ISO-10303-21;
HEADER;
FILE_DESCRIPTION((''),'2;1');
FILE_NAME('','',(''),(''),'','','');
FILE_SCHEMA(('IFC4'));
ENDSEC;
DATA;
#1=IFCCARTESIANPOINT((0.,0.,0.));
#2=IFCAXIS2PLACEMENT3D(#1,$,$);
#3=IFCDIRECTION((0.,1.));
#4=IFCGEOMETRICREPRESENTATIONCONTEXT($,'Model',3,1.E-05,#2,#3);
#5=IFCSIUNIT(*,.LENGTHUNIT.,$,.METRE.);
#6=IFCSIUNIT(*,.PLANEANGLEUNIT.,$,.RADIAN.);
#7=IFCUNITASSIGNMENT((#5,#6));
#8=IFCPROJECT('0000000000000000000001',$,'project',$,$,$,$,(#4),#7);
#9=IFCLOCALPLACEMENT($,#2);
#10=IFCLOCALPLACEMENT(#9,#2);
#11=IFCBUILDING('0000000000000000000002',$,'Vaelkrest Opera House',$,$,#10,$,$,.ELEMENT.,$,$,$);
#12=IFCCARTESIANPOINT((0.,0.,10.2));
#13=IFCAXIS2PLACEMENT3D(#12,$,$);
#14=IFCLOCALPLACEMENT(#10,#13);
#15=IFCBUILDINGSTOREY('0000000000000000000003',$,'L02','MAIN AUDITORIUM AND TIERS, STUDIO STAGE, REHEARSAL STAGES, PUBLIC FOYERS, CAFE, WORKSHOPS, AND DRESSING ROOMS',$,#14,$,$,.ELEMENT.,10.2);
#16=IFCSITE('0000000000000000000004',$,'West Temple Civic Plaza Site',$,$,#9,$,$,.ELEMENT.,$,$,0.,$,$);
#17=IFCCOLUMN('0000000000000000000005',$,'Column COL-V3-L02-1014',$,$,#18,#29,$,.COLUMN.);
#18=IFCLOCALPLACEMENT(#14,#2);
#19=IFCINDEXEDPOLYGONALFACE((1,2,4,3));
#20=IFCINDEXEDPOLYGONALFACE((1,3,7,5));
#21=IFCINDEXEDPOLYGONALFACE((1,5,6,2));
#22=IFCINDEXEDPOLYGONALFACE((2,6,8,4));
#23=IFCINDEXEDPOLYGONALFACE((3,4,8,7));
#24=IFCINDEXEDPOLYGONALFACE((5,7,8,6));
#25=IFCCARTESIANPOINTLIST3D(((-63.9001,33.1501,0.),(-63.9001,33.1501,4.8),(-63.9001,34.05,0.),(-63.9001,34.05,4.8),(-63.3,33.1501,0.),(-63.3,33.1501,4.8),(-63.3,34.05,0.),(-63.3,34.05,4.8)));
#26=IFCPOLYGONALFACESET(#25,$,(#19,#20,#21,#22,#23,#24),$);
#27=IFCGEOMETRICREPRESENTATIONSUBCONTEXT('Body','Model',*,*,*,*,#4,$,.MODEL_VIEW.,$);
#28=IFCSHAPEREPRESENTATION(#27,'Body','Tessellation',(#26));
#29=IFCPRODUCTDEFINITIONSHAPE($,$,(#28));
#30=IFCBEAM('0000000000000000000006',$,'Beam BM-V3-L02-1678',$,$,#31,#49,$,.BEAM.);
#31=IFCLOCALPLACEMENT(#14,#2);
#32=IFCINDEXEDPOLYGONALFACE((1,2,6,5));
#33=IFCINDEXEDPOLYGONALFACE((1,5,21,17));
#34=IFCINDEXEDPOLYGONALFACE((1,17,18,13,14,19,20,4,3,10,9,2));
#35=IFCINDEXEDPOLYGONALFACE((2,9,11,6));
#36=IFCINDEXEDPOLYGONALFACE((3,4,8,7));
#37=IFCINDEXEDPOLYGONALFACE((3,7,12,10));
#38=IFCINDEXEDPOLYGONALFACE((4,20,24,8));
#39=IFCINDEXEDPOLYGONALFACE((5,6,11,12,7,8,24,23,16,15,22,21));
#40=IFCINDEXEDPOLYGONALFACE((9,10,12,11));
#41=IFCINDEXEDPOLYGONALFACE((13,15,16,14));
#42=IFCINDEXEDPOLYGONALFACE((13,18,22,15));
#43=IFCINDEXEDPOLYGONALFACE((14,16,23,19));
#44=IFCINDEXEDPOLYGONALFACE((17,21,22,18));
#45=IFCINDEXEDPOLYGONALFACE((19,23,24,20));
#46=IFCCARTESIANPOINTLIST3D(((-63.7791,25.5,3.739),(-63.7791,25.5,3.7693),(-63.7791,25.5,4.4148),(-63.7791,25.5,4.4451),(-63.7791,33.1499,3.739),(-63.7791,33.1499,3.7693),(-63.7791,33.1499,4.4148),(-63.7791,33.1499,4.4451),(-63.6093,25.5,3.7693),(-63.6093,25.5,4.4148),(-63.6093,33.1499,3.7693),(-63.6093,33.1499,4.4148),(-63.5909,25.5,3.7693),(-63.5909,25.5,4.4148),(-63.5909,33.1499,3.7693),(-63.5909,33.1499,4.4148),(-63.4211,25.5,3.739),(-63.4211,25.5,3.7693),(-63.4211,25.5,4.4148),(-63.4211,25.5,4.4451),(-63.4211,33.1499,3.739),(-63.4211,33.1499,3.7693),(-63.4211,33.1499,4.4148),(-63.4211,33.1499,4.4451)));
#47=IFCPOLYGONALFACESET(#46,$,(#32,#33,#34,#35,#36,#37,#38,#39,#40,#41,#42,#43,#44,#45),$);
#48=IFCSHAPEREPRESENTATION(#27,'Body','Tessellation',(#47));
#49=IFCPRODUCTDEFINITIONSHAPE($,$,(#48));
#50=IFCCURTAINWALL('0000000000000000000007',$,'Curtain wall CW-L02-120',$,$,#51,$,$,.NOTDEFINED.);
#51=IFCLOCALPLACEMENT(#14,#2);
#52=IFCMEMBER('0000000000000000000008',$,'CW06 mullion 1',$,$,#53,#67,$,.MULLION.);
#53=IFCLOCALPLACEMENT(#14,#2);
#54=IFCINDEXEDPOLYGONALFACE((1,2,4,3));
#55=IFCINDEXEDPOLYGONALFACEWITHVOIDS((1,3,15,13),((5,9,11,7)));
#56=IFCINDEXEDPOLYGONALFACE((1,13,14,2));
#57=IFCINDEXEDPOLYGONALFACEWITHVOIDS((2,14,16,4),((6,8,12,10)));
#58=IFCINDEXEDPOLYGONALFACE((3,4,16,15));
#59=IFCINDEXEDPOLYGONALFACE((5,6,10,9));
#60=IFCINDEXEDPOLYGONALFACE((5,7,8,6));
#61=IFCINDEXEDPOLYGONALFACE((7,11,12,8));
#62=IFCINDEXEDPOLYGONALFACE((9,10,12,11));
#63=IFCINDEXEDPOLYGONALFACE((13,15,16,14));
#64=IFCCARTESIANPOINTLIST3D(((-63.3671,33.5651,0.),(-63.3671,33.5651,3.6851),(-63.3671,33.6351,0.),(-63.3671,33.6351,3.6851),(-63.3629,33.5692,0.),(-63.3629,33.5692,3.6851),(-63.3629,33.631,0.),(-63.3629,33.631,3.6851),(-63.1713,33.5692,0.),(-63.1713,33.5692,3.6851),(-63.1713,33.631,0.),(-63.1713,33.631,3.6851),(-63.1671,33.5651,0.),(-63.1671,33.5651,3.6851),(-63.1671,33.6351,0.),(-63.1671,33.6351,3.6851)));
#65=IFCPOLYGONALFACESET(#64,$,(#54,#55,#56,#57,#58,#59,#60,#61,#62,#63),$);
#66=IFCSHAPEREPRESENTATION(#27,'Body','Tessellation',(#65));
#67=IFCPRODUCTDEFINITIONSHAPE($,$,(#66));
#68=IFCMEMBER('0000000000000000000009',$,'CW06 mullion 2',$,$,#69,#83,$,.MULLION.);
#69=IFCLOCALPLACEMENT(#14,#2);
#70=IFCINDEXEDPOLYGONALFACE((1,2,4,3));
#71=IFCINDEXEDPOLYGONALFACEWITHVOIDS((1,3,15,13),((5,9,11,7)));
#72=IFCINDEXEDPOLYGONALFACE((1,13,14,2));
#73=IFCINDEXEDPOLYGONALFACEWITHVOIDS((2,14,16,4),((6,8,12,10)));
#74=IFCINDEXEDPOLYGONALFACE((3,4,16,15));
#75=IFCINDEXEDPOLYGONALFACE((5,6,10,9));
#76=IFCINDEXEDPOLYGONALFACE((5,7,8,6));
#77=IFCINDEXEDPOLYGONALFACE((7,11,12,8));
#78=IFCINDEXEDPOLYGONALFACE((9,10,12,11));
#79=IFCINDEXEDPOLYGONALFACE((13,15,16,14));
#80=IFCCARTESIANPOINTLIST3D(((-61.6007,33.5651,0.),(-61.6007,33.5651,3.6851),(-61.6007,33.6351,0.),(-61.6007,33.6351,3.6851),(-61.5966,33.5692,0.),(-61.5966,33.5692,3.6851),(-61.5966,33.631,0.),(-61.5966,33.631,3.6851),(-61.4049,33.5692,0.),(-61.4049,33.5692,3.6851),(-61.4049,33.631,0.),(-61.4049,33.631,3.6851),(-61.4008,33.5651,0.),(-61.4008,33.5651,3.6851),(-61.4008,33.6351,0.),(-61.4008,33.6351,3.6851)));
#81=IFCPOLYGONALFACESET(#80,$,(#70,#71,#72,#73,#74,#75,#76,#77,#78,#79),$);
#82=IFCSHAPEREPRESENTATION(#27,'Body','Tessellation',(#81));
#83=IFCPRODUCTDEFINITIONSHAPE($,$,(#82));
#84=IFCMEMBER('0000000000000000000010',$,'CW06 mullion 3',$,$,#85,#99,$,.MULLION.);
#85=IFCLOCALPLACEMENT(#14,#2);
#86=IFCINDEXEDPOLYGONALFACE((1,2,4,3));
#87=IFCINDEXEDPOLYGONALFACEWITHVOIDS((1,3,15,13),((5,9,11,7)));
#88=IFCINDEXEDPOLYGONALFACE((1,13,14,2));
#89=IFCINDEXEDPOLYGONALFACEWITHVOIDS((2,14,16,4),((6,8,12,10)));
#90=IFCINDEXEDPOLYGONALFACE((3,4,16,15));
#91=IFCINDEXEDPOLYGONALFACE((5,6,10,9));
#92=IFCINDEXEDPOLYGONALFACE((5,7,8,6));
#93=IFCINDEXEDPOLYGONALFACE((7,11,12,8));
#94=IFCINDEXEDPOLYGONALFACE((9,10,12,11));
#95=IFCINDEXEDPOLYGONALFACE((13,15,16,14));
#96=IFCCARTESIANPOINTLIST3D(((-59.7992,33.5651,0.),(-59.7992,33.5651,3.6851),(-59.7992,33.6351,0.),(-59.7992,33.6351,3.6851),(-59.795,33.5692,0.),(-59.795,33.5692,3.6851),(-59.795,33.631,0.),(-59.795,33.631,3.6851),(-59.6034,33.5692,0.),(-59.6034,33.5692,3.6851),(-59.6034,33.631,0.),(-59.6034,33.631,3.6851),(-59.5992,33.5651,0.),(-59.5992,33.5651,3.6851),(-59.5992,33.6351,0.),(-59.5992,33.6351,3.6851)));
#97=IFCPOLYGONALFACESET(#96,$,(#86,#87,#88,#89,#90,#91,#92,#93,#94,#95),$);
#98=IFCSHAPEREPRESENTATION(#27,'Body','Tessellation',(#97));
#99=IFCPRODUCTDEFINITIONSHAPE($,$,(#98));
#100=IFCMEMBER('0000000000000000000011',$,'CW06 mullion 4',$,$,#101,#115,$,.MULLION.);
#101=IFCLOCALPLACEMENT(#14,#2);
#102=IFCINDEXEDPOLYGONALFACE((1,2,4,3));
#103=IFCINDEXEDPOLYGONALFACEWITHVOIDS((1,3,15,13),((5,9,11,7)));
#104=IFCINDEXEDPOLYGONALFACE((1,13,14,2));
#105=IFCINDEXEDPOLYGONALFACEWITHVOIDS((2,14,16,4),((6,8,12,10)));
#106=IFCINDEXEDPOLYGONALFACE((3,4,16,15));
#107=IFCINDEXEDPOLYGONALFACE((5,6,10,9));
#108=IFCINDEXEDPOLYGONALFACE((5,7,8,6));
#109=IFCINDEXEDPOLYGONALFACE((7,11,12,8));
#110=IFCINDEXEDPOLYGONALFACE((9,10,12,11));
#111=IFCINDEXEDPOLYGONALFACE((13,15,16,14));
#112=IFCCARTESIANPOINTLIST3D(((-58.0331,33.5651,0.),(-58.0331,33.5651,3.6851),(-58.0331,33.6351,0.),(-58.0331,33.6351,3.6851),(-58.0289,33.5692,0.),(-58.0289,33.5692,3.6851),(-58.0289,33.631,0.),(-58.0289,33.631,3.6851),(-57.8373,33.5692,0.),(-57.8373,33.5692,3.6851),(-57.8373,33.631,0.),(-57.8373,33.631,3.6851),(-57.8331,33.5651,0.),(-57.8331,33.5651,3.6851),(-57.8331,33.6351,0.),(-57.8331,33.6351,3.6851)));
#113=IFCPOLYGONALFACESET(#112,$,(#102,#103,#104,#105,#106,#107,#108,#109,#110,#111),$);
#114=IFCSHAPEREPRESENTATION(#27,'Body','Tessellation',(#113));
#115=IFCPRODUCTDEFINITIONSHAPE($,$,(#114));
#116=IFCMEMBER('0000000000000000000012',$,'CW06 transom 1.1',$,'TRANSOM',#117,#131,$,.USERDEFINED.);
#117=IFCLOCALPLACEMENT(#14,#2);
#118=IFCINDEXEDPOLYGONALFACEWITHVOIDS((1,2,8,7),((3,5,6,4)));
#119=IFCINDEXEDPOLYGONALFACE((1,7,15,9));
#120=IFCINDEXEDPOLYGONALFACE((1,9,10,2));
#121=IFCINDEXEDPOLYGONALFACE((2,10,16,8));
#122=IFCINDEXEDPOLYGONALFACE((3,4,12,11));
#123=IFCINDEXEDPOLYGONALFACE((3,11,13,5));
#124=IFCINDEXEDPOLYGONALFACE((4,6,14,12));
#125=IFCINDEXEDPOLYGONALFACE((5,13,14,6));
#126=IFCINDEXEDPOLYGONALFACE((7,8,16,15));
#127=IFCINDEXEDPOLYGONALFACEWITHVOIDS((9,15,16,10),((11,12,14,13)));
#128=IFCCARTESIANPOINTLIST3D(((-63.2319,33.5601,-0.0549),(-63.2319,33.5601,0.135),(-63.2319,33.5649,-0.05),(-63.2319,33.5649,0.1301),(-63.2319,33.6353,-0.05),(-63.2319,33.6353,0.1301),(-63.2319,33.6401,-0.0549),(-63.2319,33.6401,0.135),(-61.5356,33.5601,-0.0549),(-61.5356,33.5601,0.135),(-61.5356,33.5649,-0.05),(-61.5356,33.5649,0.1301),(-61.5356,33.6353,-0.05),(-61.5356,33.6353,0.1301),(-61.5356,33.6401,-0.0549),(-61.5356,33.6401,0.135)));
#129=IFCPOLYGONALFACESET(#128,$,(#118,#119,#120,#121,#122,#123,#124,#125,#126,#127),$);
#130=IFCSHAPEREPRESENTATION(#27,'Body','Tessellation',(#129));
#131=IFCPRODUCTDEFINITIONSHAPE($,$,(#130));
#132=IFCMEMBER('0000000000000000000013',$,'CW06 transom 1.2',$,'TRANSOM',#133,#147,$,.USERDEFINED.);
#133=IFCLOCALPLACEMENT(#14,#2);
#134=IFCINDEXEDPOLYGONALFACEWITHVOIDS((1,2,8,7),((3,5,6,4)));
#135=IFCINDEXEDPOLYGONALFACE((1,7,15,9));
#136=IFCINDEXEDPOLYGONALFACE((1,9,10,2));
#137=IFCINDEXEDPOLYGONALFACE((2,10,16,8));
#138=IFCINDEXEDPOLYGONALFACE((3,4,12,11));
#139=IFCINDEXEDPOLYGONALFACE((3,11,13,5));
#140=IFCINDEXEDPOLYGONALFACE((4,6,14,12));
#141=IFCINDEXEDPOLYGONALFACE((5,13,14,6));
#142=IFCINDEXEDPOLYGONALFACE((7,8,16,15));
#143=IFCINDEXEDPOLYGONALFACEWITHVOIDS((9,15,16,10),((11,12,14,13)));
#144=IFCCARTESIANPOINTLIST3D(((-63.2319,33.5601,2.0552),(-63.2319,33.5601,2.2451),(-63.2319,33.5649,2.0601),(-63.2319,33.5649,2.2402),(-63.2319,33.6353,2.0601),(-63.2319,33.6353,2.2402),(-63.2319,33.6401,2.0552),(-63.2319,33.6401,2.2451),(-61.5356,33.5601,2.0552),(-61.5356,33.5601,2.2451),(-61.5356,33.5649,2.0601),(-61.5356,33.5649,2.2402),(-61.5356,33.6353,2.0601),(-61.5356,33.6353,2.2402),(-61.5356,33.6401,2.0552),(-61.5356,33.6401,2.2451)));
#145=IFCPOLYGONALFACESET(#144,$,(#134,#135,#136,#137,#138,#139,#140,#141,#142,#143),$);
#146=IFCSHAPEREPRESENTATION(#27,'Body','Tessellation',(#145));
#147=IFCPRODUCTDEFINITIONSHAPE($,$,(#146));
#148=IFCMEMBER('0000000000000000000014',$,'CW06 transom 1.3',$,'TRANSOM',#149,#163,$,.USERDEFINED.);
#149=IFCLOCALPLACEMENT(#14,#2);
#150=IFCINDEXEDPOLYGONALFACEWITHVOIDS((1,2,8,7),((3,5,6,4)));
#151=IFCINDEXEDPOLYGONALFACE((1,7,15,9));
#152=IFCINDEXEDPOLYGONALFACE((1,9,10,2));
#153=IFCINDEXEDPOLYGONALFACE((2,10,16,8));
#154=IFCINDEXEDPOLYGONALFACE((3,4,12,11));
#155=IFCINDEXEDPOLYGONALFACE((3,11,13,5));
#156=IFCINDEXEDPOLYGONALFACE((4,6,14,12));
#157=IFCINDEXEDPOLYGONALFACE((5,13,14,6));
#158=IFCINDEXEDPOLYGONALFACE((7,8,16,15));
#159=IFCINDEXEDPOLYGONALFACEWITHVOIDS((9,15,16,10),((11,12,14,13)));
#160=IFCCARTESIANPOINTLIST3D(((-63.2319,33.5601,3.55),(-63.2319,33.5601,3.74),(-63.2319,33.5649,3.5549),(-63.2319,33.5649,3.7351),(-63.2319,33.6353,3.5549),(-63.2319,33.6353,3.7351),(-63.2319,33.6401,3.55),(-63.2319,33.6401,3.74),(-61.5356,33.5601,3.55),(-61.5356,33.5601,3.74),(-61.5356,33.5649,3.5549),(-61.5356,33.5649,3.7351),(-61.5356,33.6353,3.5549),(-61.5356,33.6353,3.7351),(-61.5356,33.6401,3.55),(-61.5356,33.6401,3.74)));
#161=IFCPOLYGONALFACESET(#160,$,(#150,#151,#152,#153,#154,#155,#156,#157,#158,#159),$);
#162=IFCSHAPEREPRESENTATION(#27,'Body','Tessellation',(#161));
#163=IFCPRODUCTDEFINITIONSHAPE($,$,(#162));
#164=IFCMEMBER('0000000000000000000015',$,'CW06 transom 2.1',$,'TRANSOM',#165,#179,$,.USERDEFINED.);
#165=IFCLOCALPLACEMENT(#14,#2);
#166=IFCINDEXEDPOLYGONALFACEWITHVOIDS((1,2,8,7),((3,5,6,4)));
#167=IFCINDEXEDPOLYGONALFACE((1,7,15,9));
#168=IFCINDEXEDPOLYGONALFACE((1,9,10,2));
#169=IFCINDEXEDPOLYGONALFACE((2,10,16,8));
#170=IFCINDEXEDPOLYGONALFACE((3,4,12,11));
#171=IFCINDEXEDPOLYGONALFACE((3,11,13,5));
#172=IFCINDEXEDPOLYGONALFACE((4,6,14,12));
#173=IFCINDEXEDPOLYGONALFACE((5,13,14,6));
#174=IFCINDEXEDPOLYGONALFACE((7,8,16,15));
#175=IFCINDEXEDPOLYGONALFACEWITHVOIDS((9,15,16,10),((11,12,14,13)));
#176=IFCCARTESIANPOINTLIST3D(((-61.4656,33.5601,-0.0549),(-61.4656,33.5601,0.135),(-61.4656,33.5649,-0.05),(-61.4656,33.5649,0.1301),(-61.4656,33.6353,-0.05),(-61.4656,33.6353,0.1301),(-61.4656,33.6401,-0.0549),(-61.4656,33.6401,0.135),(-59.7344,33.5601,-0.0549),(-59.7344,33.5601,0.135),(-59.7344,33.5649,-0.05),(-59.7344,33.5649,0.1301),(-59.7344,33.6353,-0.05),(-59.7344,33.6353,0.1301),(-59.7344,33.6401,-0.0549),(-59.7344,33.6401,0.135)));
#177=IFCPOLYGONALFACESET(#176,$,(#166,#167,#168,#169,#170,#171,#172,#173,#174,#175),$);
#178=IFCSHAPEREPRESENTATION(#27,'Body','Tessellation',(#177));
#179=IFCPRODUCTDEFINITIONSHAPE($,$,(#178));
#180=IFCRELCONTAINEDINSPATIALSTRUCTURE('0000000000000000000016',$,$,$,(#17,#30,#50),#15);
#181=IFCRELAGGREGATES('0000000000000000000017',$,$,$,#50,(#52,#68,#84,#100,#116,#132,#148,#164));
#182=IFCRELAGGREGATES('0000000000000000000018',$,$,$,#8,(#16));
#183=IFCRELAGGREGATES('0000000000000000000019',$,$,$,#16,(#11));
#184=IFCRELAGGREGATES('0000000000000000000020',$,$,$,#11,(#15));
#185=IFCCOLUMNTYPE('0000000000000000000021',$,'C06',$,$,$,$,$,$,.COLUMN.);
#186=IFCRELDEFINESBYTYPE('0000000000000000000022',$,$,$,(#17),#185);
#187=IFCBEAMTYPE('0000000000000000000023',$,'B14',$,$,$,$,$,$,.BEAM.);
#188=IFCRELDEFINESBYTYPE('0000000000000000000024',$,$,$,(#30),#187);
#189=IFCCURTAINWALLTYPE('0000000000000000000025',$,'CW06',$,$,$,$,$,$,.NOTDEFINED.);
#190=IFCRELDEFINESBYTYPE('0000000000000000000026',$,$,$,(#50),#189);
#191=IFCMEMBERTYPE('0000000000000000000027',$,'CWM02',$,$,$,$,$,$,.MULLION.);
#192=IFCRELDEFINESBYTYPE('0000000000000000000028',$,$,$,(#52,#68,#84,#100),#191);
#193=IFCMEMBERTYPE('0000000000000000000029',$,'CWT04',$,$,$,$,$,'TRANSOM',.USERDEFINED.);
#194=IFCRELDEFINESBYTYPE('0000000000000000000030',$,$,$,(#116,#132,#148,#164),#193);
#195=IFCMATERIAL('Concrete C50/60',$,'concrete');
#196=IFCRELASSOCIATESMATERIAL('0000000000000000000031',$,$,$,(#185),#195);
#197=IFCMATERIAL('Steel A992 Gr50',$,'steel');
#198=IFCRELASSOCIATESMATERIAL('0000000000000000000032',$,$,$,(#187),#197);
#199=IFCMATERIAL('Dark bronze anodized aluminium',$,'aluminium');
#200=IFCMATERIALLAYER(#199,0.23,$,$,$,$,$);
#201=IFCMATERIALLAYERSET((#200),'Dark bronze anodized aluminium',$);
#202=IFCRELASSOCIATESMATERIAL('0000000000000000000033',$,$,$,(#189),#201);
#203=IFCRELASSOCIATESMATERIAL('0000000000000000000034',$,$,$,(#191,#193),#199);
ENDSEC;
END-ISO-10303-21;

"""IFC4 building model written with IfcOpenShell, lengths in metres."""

from ifc_helpers import new_model, si_unit, direction, frame, origin, origin_2d, place, context, subcontext, project, spatial, rectangle, hollow_rectangle, i_section, extrude, material, layer, layer_set, material_profile, profile_set, type_object, element, aggregate, save


model = new_model("IFC4")

# Units and contexts
model_context = context("Model", 3, precision=1e-05, world=origin(), true_north=direction((0.0, 1.0)))
body_context = subcontext(model_context, "Body", "Model", "MODEL_VIEW")
ifc_project = project(units=[si_unit("LENGTHUNIT", "METRE"), si_unit("PLANEANGLEUNIT", "RADIAN")], contexts=[model_context])

# Site, building, storey
site_placement = place(None, origin())
site = spatial("IfcSite", under=ifc_project, at=site_placement, Name="West Temple Civic Plaza Site", CompositionType="ELEMENT", RefElevation=0.0)
building_placement = place(site_placement, origin())
building = spatial("IfcBuilding", under=site, at=building_placement, Name="Vaelkrest Opera House", CompositionType="ELEMENT")
storey_placement = place(building_placement, frame((0.0, 0.0, 10.2)))
storey = spatial("IfcBuildingStorey", under=building, at=storey_placement, Name="L02", Description="MAIN AUDITORIUM AND TIERS, STUDIO STAGE, REHEARSAL STAGES, PUBLIC FOYERS, CAFE, WORKSHOPS, AND DRESSING ROOMS", CompositionType="ELEMENT", Elevation=10.2)

# Column
ifc_material_1 = material(Name="Concrete C50/60", Category="concrete")
ifc_material_profile_1 = material_profile(ifc_material_1, rectangle(XDim=0.6001, YDim=0.8999, at=origin_2d()), Name="RC600X900")
ifc_profile_set_1 = profile_set([ifc_material_profile_1], Name="Concrete C50/60")
column_type = type_object("IfcColumnType", Name="C06", PredefinedType="COLUMN", material=ifc_profile_set_1)
column_placement = place(storey_placement, frame((-63.6001, 33.6001, 0.0), z_axis=(0.0, 0.0, 1.0), x_axis=(1.0, 0.0, 0.0)))
element("IfcColumn", 1, at=column_placement, inside=storey, type_object=column_type, Name="Column COL-V3-L02-1014", PredefinedType="COLUMN", context=body_context, shape_type="SweptSolid", body=[
    extrude(rectangle(XDim=0.6001, YDim=0.8999, at=origin_2d()), origin(), (0.0, 0.0, 1.0), 4.8),
])

# Beam
ifc_material_2 = material(Name="Steel A992 Gr50", Category="steel")
ifc_material_profile_2 = material_profile(ifc_material_2, i_section(OverallWidth=0.3579, OverallDepth=0.7061, WebThickness=0.0183, FlangeThickness=0.0303, at=origin_2d()), Name="W27X178")
ifc_profile_set_2 = profile_set([ifc_material_profile_2], Name="Steel A992 Gr50")
beam_type_1 = type_object("IfcBeamType", Name="B14", PredefinedType="BEAM", material=ifc_profile_set_2)
beam_1_placement = place(storey_placement, frame((-63.6001, 25.5, 4.092), z_axis=(0.0, 1.0, 0.0), x_axis=(-1.0, 0.0, 0.0)))
element("IfcBeam", 2, at=beam_1_placement, inside=storey, type_object=beam_type_1, Name="Beam BM-V3-L02-1678", PredefinedType="BEAM", context=body_context, shape_type="SweptSolid", body=[
    extrude(i_section(OverallWidth=0.3579, OverallDepth=0.7061, WebThickness=0.0183, FlangeThickness=0.0303, at=origin_2d()), origin(), (0.0, 0.0, 1.0), 7.6499),
])

# Curtain wall, members
ifc_material_3 = material(Name="Dark bronze anodized aluminium", Category="aluminium")
ifc_layer_1 = layer(ifc_material_3, 0.23)
ifc_layer_set_1 = layer_set([ifc_layer_1], Name="Dark bronze anodized aluminium")
curtain_wall_type = type_object("IfcCurtainWallType", Name="CW06", PredefinedType="NOTDEFINED", material=ifc_layer_set_1)
curtain_wall_placement = place(storey_placement, origin())
curtain_wall = element("IfcCurtainWall", 3, at=curtain_wall_placement, inside=storey, type_object=curtain_wall_type, Name="Curtain wall CW-L02-120", PredefinedType="NOTDEFINED")
ifc_material_profile_3 = material_profile(ifc_material_3, hollow_rectangle(XDim=0.0701, YDim=0.2, WallThickness=0.0042, at=origin_2d()), Name="CWM70X200")
ifc_profile_set_3 = profile_set([ifc_material_profile_3], Name="Dark bronze anodized aluminium")
member_type_1 = type_object("IfcMemberType", Name="CWM02", PredefinedType="MULLION", material=ifc_profile_set_3)
member_1_placement = place(storey_placement, frame((-63.2671, 33.6001, 0.0), z_axis=(0.0, 0.0, 1.0), x_axis=(0.0, 1.0, 0.0)))
member_1 = element("IfcMember", 4, at=member_1_placement, type_object=member_type_1, Name="CW06 mullion 1", PredefinedType="MULLION", context=body_context, shape_type="SweptSolid", body=[
    extrude(hollow_rectangle(XDim=0.0701, YDim=0.2, WallThickness=0.0042, at=origin_2d()), origin(), (0.0, 0.0, 1.0), 3.6851),
])
member_2_placement = place(storey_placement, frame((-61.5007, 33.6001, 0.0), z_axis=(0.0, 0.0, 1.0), x_axis=(0.0, 1.0, 0.0)))
member_2 = element("IfcMember", 5, at=member_2_placement, type_object=member_type_1, Name="CW06 mullion 2", PredefinedType="MULLION", context=body_context, shape_type="SweptSolid", body=[
    extrude(hollow_rectangle(XDim=0.0701, YDim=0.2, WallThickness=0.0042, at=origin_2d()), origin(), (0.0, 0.0, 1.0), 3.6851),
])
member_3_placement = place(storey_placement, frame((-59.6992, 33.6001, 0.0), z_axis=(0.0, 0.0, 1.0), x_axis=(0.0, 1.0, 0.0)))
member_3 = element("IfcMember", 6, at=member_3_placement, type_object=member_type_1, Name="CW06 mullion 3", PredefinedType="MULLION", context=body_context, shape_type="SweptSolid", body=[
    extrude(hollow_rectangle(XDim=0.0701, YDim=0.2, WallThickness=0.0042, at=origin_2d()), origin(), (0.0, 0.0, 1.0), 3.6851),
])
member_4_placement = place(storey_placement, frame((-57.9331, 33.6001, 0.0), z_axis=(0.0, 0.0, 1.0), x_axis=(0.0, 1.0, 0.0)))
member_4 = element("IfcMember", 7, at=member_4_placement, type_object=member_type_1, Name="CW06 mullion 4", PredefinedType="MULLION", context=body_context, shape_type="SweptSolid", body=[
    extrude(hollow_rectangle(XDim=0.0701, YDim=0.2, WallThickness=0.0042, at=origin_2d()), origin(), (0.0, 0.0, 1.0), 3.6851),
])
ifc_material_profile_4 = material_profile(ifc_material_3, hollow_rectangle(XDim=0.0801, YDim=0.1899, WallThickness=0.0049, at=origin_2d()), Name="CWT80X190")
ifc_profile_set_4 = profile_set([ifc_material_profile_4], Name="Dark bronze anodized aluminium")
member_type_2 = type_object("IfcMemberType", Name="CWT04", ElementType="TRANSOM", PredefinedType="USERDEFINED", material=ifc_profile_set_4)
member_5_placement = place(storey_placement, frame((-63.2319, 33.6001, 0.04), z_axis=(1.0, 0.0, 0.0), x_axis=(0.0, 1.0, 0.0)))
member_5 = element("IfcMember", 8, at=member_5_placement, type_object=member_type_2, Name="CW06 transom 1.1", ObjectType="TRANSOM", PredefinedType="USERDEFINED", context=body_context, shape_type="SweptSolid", body=[
    extrude(hollow_rectangle(XDim=0.0801, YDim=0.1899, WallThickness=0.0049, at=origin_2d()), origin(), (0.0, 0.0, 1.0), 1.6963),
])
member_6_placement = place(storey_placement, frame((-63.2319, 33.6001, 2.1501), z_axis=(1.0, 0.0, 0.0), x_axis=(0.0, 1.0, 0.0)))
member_6 = element("IfcMember", 9, at=member_6_placement, type_object=member_type_2, Name="CW06 transom 1.2", ObjectType="TRANSOM", PredefinedType="USERDEFINED", context=body_context, shape_type="SweptSolid", body=[
    extrude(hollow_rectangle(XDim=0.0801, YDim=0.1899, WallThickness=0.0049, at=origin_2d()), origin(), (0.0, 0.0, 1.0), 1.6963),
])
member_7_placement = place(storey_placement, frame((-63.2319, 33.6001, 3.645), z_axis=(1.0, 0.0, 0.0), x_axis=(0.0, 1.0, 0.0)))
member_7 = element("IfcMember", 10, at=member_7_placement, type_object=member_type_2, Name="CW06 transom 1.3", ObjectType="TRANSOM", PredefinedType="USERDEFINED", context=body_context, shape_type="SweptSolid", body=[
    extrude(hollow_rectangle(XDim=0.0801, YDim=0.1899, WallThickness=0.0049, at=origin_2d()), origin(), (0.0, 0.0, 1.0), 1.6963),
])
member_8_placement = place(storey_placement, frame((-61.4656, 33.6001, 0.04), z_axis=(1.0, 0.0, 0.0), x_axis=(0.0, 1.0, 0.0)))
member_8 = element("IfcMember", 11, at=member_8_placement, type_object=member_type_2, Name="CW06 transom 2.1", ObjectType="TRANSOM", PredefinedType="USERDEFINED", context=body_context, shape_type="SweptSolid", body=[
    extrude(hollow_rectangle(XDim=0.0801, YDim=0.1899, WallThickness=0.0049, at=origin_2d()), origin(), (0.0, 0.0, 1.0), 1.7312),
])

aggregate(curtain_wall, [member_1, member_2, member_3, member_4, member_5, member_6, member_7, member_8])

save(model, "model.ifc")
